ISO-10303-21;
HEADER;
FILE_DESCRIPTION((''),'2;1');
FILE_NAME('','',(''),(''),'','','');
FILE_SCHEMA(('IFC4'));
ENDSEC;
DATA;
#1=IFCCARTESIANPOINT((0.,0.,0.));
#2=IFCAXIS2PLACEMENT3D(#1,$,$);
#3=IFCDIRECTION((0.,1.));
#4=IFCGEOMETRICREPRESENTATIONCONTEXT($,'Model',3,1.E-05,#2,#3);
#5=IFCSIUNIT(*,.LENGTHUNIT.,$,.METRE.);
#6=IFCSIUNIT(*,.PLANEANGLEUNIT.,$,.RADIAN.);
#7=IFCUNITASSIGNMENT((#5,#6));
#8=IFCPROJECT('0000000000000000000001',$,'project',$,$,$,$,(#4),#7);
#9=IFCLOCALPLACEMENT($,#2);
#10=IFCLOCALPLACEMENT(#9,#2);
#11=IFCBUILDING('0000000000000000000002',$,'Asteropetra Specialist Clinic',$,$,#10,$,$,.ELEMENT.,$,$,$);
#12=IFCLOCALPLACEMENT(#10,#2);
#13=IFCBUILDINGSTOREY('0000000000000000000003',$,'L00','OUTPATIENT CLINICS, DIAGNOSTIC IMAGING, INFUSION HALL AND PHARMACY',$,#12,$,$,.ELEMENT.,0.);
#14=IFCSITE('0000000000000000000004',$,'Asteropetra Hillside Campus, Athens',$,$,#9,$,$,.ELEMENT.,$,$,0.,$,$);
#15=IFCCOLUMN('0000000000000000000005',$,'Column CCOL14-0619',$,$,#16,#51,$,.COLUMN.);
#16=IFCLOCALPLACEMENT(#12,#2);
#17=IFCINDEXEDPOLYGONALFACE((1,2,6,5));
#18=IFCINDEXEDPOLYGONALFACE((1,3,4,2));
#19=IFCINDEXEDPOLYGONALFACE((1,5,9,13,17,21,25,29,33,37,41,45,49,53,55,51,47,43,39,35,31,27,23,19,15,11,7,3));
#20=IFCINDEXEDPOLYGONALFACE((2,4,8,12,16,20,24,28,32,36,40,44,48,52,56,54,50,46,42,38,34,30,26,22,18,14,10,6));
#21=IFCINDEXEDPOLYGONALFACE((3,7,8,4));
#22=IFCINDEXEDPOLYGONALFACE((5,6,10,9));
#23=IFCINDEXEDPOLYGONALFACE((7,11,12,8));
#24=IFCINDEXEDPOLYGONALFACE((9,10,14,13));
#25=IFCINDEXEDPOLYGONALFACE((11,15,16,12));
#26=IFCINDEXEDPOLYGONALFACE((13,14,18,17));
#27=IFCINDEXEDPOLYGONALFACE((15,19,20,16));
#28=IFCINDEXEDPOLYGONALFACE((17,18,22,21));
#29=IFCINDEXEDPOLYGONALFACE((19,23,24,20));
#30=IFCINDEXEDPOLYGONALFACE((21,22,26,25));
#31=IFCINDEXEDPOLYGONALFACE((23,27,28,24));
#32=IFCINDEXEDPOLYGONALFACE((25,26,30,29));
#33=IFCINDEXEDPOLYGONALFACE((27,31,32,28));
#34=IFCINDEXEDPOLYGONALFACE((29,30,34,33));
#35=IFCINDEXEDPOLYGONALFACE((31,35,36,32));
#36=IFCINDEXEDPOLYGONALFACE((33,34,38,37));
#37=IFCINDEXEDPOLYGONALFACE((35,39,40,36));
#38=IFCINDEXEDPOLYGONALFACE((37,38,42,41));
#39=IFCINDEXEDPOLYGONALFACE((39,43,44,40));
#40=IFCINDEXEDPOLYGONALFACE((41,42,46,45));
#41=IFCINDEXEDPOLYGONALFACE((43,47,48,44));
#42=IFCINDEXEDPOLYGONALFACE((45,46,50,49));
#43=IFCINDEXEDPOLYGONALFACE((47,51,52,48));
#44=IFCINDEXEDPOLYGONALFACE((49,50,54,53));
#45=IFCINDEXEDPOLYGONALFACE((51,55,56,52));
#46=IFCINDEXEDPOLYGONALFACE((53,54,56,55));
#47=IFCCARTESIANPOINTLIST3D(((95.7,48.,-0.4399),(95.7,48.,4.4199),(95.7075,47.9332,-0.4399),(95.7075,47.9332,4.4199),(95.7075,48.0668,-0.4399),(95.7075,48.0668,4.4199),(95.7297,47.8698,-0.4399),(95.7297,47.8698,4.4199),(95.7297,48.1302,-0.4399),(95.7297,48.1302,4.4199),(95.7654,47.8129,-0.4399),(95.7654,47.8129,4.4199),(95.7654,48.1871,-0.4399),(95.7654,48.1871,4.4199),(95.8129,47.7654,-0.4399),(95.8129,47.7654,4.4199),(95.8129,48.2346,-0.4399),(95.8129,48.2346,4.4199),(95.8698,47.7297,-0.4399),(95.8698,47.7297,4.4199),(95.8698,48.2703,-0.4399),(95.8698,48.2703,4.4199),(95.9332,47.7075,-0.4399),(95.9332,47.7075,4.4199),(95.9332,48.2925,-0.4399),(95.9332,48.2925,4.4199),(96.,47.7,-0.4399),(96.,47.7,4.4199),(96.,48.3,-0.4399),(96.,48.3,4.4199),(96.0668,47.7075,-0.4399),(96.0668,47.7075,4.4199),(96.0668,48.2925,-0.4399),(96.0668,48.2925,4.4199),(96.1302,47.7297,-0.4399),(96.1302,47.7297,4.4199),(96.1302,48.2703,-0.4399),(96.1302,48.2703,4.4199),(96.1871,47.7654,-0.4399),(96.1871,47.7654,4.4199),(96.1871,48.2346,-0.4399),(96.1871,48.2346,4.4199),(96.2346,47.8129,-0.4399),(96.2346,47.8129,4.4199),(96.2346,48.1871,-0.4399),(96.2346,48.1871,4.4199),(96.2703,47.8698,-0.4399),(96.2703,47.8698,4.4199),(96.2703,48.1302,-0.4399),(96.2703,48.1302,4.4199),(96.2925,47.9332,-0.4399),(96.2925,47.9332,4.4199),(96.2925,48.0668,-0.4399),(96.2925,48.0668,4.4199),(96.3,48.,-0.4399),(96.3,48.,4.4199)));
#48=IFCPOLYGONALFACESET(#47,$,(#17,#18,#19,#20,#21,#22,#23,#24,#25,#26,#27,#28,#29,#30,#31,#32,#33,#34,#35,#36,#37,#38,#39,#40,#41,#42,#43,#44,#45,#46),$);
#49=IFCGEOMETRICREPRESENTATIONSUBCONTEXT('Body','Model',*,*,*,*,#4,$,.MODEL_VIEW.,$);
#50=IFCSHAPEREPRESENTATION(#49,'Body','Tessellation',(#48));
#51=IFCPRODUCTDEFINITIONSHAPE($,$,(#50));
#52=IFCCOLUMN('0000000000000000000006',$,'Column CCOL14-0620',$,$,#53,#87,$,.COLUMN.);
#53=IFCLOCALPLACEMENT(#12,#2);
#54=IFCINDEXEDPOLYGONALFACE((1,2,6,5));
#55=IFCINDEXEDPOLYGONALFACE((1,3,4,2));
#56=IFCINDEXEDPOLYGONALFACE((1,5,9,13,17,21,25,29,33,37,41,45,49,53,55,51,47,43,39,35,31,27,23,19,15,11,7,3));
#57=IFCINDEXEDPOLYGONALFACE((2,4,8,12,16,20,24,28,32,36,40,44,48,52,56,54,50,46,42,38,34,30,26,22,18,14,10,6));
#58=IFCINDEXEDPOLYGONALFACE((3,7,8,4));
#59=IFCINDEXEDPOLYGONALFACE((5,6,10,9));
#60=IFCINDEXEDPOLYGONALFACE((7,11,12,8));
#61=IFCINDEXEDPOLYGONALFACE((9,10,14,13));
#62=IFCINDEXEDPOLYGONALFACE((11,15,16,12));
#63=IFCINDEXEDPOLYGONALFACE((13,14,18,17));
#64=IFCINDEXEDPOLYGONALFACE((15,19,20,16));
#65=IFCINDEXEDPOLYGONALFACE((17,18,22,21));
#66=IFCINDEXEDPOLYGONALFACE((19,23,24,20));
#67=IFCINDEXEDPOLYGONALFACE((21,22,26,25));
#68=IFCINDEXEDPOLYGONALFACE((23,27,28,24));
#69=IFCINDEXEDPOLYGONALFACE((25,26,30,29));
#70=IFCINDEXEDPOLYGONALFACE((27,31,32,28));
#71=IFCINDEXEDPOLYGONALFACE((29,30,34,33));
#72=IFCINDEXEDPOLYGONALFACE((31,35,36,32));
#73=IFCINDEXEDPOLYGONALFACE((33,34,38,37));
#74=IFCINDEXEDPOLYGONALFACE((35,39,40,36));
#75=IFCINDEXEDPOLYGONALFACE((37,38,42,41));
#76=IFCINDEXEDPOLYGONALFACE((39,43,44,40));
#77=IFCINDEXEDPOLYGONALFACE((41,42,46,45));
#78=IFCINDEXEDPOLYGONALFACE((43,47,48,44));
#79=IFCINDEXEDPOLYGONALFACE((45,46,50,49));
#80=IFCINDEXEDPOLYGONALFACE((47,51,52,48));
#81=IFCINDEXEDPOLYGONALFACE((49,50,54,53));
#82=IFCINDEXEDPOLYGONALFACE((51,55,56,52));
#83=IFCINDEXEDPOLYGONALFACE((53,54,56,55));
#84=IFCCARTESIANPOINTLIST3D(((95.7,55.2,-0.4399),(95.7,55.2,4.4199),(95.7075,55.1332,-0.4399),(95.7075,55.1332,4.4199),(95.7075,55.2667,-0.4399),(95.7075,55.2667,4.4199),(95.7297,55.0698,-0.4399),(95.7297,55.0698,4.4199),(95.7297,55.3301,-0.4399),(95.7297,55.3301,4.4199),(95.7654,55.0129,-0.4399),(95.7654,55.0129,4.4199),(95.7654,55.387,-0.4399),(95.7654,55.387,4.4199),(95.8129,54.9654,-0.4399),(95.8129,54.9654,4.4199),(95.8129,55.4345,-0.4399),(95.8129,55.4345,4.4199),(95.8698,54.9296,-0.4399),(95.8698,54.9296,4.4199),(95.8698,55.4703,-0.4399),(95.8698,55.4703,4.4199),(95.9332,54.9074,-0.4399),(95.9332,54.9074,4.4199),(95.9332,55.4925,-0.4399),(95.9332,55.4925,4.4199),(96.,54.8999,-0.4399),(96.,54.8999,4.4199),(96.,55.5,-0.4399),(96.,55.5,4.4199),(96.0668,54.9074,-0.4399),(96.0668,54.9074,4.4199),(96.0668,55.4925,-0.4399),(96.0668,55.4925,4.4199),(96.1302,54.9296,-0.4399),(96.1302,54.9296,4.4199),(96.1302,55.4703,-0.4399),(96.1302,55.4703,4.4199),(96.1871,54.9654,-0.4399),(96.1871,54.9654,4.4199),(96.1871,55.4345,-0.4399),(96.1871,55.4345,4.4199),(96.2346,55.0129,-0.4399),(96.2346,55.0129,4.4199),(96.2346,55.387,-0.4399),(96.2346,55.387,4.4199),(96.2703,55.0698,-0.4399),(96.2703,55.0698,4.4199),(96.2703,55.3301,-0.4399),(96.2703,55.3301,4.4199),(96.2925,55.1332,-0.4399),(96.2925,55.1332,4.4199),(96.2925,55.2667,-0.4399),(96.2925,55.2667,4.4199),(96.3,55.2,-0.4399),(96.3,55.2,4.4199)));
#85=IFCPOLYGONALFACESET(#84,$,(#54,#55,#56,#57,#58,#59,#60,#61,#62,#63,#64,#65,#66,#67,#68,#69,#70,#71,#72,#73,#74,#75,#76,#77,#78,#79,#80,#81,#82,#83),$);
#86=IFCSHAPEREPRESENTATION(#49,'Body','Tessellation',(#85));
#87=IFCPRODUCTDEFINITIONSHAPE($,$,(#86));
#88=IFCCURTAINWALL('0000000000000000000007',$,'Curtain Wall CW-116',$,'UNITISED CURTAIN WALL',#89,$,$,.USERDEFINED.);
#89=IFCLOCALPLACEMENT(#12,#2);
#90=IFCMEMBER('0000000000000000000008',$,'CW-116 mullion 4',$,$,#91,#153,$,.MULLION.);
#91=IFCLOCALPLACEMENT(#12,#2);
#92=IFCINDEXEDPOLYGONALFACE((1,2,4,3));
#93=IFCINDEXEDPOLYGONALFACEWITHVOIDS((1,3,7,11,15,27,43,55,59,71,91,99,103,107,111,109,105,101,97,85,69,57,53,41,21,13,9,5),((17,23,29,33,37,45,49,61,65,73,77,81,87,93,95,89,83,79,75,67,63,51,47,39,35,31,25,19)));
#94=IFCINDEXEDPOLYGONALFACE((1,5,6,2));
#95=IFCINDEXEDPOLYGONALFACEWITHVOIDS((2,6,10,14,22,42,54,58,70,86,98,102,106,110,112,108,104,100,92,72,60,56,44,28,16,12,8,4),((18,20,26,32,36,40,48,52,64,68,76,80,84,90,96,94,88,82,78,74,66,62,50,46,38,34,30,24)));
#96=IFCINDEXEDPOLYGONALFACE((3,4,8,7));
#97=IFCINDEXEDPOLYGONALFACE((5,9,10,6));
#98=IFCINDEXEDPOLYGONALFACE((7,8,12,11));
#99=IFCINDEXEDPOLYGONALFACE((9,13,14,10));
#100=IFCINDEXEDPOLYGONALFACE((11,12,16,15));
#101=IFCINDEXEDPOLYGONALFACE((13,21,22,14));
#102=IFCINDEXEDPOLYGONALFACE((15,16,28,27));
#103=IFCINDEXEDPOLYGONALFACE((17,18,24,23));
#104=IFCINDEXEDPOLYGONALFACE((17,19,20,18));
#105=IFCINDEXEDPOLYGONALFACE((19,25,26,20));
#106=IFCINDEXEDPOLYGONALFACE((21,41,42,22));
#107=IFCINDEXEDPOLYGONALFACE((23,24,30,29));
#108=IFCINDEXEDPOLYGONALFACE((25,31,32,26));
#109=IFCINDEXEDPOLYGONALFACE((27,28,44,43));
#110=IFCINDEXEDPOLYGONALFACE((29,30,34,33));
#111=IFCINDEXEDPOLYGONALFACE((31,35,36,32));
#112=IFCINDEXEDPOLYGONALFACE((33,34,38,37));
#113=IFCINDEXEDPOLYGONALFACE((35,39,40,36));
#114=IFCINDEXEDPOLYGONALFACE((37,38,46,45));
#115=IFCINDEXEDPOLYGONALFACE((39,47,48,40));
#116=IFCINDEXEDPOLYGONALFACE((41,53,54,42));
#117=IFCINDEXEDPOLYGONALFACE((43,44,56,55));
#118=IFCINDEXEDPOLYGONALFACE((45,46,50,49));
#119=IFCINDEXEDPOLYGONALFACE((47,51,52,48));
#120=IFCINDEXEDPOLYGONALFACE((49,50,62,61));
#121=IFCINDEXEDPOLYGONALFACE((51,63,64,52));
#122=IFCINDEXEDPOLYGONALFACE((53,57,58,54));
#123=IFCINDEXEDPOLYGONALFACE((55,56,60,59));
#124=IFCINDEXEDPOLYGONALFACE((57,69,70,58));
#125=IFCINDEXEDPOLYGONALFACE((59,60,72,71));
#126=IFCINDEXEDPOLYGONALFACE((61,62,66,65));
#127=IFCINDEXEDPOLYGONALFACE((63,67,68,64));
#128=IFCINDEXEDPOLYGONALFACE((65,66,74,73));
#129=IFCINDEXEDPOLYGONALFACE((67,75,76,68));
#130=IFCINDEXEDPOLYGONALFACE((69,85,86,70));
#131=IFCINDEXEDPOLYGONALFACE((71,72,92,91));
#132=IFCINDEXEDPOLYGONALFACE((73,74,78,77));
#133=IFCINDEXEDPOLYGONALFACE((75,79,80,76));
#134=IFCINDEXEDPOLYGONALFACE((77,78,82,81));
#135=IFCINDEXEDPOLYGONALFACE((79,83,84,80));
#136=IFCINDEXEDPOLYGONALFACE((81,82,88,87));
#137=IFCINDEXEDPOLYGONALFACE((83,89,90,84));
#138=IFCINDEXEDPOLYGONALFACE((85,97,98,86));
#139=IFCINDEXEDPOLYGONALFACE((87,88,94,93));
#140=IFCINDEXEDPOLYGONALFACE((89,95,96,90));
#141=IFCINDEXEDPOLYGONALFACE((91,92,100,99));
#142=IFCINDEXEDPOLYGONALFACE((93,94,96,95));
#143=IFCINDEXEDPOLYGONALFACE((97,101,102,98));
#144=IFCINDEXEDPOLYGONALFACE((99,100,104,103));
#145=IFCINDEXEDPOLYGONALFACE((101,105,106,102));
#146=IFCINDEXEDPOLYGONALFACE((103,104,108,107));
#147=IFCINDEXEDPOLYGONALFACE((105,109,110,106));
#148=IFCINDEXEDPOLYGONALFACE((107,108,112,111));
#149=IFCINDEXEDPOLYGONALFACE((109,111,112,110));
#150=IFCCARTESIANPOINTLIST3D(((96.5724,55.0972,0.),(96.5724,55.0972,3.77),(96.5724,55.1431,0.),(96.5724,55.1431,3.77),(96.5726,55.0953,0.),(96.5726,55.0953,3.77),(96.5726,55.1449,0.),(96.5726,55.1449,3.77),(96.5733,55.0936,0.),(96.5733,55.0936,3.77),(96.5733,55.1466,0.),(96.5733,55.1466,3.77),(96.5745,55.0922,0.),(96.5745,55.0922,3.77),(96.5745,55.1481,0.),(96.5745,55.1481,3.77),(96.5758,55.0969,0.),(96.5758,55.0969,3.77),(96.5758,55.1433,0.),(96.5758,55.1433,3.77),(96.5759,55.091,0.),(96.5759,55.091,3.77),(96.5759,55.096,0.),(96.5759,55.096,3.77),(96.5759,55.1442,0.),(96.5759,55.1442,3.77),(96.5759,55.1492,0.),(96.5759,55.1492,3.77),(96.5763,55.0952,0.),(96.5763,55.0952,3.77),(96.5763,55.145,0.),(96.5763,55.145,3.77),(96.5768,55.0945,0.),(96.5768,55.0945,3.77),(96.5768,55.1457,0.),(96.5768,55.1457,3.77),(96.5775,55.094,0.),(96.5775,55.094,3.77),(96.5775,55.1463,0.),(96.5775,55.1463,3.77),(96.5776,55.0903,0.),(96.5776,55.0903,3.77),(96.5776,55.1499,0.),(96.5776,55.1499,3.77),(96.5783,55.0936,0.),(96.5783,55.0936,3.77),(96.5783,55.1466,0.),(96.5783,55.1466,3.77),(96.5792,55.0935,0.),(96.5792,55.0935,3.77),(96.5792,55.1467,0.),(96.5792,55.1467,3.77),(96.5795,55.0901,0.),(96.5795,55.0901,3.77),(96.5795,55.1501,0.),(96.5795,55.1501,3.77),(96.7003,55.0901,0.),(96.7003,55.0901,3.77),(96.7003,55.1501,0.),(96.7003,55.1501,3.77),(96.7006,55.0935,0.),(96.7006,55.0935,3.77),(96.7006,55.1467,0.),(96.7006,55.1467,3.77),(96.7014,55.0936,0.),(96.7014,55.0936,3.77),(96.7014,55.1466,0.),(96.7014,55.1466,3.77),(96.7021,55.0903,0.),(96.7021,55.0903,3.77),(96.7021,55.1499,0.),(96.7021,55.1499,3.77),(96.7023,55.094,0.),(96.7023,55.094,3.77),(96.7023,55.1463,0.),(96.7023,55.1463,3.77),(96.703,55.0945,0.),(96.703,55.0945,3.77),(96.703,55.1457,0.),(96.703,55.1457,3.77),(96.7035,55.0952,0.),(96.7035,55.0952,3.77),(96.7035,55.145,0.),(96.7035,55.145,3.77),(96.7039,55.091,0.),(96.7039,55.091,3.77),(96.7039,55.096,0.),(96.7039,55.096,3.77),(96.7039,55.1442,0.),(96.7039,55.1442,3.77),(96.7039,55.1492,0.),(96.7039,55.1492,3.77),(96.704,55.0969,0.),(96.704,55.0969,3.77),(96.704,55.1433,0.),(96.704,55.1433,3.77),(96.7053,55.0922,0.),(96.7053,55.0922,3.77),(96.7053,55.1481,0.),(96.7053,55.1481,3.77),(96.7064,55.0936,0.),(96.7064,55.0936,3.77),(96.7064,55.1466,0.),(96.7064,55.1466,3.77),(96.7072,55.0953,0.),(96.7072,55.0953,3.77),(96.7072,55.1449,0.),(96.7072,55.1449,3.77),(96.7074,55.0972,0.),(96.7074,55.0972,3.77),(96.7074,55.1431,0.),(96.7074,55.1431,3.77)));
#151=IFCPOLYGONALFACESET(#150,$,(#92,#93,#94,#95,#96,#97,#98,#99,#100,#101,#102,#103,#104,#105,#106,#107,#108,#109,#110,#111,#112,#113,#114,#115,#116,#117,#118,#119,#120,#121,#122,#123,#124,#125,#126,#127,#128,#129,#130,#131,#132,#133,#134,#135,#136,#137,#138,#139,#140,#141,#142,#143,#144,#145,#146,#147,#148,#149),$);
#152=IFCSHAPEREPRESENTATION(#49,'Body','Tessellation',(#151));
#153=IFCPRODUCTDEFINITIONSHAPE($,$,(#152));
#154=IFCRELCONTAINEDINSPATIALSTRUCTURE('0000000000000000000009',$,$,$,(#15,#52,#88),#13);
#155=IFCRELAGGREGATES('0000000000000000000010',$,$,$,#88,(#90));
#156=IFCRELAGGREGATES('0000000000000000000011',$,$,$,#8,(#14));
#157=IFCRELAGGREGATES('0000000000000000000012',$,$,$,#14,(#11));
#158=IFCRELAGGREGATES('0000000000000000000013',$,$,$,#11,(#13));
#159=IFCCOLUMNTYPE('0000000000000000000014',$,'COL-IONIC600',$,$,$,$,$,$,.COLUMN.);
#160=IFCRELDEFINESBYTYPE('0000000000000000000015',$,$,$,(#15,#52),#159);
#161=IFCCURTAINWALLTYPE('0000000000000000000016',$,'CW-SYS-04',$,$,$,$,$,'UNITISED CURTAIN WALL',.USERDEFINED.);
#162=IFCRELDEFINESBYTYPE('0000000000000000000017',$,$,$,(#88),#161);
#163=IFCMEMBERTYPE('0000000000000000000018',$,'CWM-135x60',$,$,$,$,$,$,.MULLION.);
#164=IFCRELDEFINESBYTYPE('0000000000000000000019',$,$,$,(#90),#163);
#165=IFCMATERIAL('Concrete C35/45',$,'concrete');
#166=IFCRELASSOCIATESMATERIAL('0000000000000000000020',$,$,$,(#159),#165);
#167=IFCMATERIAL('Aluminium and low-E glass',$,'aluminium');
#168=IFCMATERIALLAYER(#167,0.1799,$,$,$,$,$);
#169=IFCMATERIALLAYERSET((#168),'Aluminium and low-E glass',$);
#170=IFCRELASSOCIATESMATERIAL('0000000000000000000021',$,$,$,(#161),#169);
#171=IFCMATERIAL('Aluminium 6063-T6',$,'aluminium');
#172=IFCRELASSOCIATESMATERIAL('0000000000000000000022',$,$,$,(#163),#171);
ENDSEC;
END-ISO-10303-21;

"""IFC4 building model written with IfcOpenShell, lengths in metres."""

from ifc_helpers import new_model, si_unit, direction, frame, origin, origin_2d, place, context, subcontext, project, spatial, hollow_rectangle, circle, extrude, material, layer, layer_set, material_profile, profile_set, type_object, element, aggregate, save


model = new_model("IFC4")

# Units and contexts
model_context = context("Model", 3, precision=1e-05, world=origin(), true_north=direction((0.0, 1.0)))
body_context = subcontext(model_context, "Body", "Model", "MODEL_VIEW")
ifc_project = project(units=[si_unit("LENGTHUNIT", "METRE"), si_unit("PLANEANGLEUNIT", "RADIAN")], contexts=[model_context])

# Site, building, storey
site_placement = place(None, origin())
site = spatial("IfcSite", under=ifc_project, at=site_placement, Name="Asteropetra Hillside Campus, Athens", CompositionType="ELEMENT", RefElevation=0.0)
building_placement = place(site_placement, origin())
building = spatial("IfcBuilding", under=site, at=building_placement, Name="Asteropetra Specialist Clinic", CompositionType="ELEMENT")
storey_placement = place(building_placement, origin())
storey = spatial("IfcBuildingStorey", under=building, at=storey_placement, Name="L00", Description="OUTPATIENT CLINICS, DIAGNOSTIC IMAGING, INFUSION HALL AND PHARMACY", CompositionType="ELEMENT", Elevation=0.0)

# Columns
ifc_material_1 = material(Name="Concrete C35/45", Category="concrete")
ifc_material_profile_1 = material_profile(ifc_material_1, circle(Radius=0.3, at=origin_2d()), Name="RCC D600")
ifc_profile_set_1 = profile_set([ifc_material_profile_1], Name="Concrete C35/45")
column_type = type_object("IfcColumnType", Name="COL-IONIC600", PredefinedType="COLUMN", material=ifc_profile_set_1)
for number, where, z_axis, x_axis, name in (
    (1, (96.0, 48.0, -0.4399), (0.0, 0.0, 1.0), (1.0, 0.0, 0.0), "Column CCOL14-0619"),
    (2, (96.0, 55.2, -0.4399), (0.0, 0.0, 1.0), (1.0, 0.0, 0.0), "Column CCOL14-0620"),
):
    element("IfcColumn", number, at=place(storey_placement, frame(where, z_axis=z_axis, x_axis=x_axis)), inside=storey, type_object=column_type, Name=name, PredefinedType="COLUMN", context=body_context, shape_type="SweptSolid", body=[
        extrude(circle(Radius=0.3, at=origin_2d()), origin(), (0.0, 0.0, 1.0), 4.8599),
    ])

# Curtain wall, member
ifc_material_2 = material(Name="Aluminium and low-E glass", Category="aluminium")
ifc_layer_1 = layer(ifc_material_2, 0.1799)
ifc_layer_set_1 = layer_set([ifc_layer_1], Name="Aluminium and low-E glass")
curtain_wall_type_1 = type_object("IfcCurtainWallType", Name="CW-SYS-04", ElementType="UNITISED CURTAIN WALL", PredefinedType="USERDEFINED", material=ifc_layer_set_1)
curtain_wall_1_placement = place(storey_placement, origin())
curtain_wall_1 = element("IfcCurtainWall", 3, at=curtain_wall_1_placement, inside=storey, type_object=curtain_wall_type_1, Name="Curtain Wall CW-116", ObjectType="UNITISED CURTAIN WALL", PredefinedType="USERDEFINED")
ifc_material_3 = material(Name="Aluminium 6063-T6", Category="aluminium")
ifc_material_profile_2 = material_profile(ifc_material_3, hollow_rectangle(XDim=0.0601, YDim=0.135, WallThickness=0.0034, InnerFilletRadius=0.0034, OuterFilletRadius=0.0071, at=origin_2d()), Name="MUL 135x60x3.5")
ifc_profile_set_2 = profile_set([ifc_material_profile_2], Name="Aluminium 6063-T6")
member_type_1 = type_object("IfcMemberType", Name="CWM-135x60", PredefinedType="MULLION", material=ifc_profile_set_2)
member_1_placement = place(storey_placement, frame((96.6399, 55.1201, 0.0), z_axis=(0.0, 0.0, 1.0), x_axis=(0.0, -1.0, 0.0)))
member_1 = element("IfcMember", 4, at=member_1_placement, type_object=member_type_1, Name="CW-116 mullion 4", PredefinedType="MULLION", context=body_context, shape_type="SweptSolid", body=[
    extrude(hollow_rectangle(XDim=0.0601, YDim=0.135, WallThickness=0.0034, InnerFilletRadius=0.0034, OuterFilletRadius=0.0071, at=origin_2d()), origin(), (0.0, 0.0, 1.0), 3.77),
])

aggregate(curtain_wall_1, [member_1])

save(model, "model.ifc")
